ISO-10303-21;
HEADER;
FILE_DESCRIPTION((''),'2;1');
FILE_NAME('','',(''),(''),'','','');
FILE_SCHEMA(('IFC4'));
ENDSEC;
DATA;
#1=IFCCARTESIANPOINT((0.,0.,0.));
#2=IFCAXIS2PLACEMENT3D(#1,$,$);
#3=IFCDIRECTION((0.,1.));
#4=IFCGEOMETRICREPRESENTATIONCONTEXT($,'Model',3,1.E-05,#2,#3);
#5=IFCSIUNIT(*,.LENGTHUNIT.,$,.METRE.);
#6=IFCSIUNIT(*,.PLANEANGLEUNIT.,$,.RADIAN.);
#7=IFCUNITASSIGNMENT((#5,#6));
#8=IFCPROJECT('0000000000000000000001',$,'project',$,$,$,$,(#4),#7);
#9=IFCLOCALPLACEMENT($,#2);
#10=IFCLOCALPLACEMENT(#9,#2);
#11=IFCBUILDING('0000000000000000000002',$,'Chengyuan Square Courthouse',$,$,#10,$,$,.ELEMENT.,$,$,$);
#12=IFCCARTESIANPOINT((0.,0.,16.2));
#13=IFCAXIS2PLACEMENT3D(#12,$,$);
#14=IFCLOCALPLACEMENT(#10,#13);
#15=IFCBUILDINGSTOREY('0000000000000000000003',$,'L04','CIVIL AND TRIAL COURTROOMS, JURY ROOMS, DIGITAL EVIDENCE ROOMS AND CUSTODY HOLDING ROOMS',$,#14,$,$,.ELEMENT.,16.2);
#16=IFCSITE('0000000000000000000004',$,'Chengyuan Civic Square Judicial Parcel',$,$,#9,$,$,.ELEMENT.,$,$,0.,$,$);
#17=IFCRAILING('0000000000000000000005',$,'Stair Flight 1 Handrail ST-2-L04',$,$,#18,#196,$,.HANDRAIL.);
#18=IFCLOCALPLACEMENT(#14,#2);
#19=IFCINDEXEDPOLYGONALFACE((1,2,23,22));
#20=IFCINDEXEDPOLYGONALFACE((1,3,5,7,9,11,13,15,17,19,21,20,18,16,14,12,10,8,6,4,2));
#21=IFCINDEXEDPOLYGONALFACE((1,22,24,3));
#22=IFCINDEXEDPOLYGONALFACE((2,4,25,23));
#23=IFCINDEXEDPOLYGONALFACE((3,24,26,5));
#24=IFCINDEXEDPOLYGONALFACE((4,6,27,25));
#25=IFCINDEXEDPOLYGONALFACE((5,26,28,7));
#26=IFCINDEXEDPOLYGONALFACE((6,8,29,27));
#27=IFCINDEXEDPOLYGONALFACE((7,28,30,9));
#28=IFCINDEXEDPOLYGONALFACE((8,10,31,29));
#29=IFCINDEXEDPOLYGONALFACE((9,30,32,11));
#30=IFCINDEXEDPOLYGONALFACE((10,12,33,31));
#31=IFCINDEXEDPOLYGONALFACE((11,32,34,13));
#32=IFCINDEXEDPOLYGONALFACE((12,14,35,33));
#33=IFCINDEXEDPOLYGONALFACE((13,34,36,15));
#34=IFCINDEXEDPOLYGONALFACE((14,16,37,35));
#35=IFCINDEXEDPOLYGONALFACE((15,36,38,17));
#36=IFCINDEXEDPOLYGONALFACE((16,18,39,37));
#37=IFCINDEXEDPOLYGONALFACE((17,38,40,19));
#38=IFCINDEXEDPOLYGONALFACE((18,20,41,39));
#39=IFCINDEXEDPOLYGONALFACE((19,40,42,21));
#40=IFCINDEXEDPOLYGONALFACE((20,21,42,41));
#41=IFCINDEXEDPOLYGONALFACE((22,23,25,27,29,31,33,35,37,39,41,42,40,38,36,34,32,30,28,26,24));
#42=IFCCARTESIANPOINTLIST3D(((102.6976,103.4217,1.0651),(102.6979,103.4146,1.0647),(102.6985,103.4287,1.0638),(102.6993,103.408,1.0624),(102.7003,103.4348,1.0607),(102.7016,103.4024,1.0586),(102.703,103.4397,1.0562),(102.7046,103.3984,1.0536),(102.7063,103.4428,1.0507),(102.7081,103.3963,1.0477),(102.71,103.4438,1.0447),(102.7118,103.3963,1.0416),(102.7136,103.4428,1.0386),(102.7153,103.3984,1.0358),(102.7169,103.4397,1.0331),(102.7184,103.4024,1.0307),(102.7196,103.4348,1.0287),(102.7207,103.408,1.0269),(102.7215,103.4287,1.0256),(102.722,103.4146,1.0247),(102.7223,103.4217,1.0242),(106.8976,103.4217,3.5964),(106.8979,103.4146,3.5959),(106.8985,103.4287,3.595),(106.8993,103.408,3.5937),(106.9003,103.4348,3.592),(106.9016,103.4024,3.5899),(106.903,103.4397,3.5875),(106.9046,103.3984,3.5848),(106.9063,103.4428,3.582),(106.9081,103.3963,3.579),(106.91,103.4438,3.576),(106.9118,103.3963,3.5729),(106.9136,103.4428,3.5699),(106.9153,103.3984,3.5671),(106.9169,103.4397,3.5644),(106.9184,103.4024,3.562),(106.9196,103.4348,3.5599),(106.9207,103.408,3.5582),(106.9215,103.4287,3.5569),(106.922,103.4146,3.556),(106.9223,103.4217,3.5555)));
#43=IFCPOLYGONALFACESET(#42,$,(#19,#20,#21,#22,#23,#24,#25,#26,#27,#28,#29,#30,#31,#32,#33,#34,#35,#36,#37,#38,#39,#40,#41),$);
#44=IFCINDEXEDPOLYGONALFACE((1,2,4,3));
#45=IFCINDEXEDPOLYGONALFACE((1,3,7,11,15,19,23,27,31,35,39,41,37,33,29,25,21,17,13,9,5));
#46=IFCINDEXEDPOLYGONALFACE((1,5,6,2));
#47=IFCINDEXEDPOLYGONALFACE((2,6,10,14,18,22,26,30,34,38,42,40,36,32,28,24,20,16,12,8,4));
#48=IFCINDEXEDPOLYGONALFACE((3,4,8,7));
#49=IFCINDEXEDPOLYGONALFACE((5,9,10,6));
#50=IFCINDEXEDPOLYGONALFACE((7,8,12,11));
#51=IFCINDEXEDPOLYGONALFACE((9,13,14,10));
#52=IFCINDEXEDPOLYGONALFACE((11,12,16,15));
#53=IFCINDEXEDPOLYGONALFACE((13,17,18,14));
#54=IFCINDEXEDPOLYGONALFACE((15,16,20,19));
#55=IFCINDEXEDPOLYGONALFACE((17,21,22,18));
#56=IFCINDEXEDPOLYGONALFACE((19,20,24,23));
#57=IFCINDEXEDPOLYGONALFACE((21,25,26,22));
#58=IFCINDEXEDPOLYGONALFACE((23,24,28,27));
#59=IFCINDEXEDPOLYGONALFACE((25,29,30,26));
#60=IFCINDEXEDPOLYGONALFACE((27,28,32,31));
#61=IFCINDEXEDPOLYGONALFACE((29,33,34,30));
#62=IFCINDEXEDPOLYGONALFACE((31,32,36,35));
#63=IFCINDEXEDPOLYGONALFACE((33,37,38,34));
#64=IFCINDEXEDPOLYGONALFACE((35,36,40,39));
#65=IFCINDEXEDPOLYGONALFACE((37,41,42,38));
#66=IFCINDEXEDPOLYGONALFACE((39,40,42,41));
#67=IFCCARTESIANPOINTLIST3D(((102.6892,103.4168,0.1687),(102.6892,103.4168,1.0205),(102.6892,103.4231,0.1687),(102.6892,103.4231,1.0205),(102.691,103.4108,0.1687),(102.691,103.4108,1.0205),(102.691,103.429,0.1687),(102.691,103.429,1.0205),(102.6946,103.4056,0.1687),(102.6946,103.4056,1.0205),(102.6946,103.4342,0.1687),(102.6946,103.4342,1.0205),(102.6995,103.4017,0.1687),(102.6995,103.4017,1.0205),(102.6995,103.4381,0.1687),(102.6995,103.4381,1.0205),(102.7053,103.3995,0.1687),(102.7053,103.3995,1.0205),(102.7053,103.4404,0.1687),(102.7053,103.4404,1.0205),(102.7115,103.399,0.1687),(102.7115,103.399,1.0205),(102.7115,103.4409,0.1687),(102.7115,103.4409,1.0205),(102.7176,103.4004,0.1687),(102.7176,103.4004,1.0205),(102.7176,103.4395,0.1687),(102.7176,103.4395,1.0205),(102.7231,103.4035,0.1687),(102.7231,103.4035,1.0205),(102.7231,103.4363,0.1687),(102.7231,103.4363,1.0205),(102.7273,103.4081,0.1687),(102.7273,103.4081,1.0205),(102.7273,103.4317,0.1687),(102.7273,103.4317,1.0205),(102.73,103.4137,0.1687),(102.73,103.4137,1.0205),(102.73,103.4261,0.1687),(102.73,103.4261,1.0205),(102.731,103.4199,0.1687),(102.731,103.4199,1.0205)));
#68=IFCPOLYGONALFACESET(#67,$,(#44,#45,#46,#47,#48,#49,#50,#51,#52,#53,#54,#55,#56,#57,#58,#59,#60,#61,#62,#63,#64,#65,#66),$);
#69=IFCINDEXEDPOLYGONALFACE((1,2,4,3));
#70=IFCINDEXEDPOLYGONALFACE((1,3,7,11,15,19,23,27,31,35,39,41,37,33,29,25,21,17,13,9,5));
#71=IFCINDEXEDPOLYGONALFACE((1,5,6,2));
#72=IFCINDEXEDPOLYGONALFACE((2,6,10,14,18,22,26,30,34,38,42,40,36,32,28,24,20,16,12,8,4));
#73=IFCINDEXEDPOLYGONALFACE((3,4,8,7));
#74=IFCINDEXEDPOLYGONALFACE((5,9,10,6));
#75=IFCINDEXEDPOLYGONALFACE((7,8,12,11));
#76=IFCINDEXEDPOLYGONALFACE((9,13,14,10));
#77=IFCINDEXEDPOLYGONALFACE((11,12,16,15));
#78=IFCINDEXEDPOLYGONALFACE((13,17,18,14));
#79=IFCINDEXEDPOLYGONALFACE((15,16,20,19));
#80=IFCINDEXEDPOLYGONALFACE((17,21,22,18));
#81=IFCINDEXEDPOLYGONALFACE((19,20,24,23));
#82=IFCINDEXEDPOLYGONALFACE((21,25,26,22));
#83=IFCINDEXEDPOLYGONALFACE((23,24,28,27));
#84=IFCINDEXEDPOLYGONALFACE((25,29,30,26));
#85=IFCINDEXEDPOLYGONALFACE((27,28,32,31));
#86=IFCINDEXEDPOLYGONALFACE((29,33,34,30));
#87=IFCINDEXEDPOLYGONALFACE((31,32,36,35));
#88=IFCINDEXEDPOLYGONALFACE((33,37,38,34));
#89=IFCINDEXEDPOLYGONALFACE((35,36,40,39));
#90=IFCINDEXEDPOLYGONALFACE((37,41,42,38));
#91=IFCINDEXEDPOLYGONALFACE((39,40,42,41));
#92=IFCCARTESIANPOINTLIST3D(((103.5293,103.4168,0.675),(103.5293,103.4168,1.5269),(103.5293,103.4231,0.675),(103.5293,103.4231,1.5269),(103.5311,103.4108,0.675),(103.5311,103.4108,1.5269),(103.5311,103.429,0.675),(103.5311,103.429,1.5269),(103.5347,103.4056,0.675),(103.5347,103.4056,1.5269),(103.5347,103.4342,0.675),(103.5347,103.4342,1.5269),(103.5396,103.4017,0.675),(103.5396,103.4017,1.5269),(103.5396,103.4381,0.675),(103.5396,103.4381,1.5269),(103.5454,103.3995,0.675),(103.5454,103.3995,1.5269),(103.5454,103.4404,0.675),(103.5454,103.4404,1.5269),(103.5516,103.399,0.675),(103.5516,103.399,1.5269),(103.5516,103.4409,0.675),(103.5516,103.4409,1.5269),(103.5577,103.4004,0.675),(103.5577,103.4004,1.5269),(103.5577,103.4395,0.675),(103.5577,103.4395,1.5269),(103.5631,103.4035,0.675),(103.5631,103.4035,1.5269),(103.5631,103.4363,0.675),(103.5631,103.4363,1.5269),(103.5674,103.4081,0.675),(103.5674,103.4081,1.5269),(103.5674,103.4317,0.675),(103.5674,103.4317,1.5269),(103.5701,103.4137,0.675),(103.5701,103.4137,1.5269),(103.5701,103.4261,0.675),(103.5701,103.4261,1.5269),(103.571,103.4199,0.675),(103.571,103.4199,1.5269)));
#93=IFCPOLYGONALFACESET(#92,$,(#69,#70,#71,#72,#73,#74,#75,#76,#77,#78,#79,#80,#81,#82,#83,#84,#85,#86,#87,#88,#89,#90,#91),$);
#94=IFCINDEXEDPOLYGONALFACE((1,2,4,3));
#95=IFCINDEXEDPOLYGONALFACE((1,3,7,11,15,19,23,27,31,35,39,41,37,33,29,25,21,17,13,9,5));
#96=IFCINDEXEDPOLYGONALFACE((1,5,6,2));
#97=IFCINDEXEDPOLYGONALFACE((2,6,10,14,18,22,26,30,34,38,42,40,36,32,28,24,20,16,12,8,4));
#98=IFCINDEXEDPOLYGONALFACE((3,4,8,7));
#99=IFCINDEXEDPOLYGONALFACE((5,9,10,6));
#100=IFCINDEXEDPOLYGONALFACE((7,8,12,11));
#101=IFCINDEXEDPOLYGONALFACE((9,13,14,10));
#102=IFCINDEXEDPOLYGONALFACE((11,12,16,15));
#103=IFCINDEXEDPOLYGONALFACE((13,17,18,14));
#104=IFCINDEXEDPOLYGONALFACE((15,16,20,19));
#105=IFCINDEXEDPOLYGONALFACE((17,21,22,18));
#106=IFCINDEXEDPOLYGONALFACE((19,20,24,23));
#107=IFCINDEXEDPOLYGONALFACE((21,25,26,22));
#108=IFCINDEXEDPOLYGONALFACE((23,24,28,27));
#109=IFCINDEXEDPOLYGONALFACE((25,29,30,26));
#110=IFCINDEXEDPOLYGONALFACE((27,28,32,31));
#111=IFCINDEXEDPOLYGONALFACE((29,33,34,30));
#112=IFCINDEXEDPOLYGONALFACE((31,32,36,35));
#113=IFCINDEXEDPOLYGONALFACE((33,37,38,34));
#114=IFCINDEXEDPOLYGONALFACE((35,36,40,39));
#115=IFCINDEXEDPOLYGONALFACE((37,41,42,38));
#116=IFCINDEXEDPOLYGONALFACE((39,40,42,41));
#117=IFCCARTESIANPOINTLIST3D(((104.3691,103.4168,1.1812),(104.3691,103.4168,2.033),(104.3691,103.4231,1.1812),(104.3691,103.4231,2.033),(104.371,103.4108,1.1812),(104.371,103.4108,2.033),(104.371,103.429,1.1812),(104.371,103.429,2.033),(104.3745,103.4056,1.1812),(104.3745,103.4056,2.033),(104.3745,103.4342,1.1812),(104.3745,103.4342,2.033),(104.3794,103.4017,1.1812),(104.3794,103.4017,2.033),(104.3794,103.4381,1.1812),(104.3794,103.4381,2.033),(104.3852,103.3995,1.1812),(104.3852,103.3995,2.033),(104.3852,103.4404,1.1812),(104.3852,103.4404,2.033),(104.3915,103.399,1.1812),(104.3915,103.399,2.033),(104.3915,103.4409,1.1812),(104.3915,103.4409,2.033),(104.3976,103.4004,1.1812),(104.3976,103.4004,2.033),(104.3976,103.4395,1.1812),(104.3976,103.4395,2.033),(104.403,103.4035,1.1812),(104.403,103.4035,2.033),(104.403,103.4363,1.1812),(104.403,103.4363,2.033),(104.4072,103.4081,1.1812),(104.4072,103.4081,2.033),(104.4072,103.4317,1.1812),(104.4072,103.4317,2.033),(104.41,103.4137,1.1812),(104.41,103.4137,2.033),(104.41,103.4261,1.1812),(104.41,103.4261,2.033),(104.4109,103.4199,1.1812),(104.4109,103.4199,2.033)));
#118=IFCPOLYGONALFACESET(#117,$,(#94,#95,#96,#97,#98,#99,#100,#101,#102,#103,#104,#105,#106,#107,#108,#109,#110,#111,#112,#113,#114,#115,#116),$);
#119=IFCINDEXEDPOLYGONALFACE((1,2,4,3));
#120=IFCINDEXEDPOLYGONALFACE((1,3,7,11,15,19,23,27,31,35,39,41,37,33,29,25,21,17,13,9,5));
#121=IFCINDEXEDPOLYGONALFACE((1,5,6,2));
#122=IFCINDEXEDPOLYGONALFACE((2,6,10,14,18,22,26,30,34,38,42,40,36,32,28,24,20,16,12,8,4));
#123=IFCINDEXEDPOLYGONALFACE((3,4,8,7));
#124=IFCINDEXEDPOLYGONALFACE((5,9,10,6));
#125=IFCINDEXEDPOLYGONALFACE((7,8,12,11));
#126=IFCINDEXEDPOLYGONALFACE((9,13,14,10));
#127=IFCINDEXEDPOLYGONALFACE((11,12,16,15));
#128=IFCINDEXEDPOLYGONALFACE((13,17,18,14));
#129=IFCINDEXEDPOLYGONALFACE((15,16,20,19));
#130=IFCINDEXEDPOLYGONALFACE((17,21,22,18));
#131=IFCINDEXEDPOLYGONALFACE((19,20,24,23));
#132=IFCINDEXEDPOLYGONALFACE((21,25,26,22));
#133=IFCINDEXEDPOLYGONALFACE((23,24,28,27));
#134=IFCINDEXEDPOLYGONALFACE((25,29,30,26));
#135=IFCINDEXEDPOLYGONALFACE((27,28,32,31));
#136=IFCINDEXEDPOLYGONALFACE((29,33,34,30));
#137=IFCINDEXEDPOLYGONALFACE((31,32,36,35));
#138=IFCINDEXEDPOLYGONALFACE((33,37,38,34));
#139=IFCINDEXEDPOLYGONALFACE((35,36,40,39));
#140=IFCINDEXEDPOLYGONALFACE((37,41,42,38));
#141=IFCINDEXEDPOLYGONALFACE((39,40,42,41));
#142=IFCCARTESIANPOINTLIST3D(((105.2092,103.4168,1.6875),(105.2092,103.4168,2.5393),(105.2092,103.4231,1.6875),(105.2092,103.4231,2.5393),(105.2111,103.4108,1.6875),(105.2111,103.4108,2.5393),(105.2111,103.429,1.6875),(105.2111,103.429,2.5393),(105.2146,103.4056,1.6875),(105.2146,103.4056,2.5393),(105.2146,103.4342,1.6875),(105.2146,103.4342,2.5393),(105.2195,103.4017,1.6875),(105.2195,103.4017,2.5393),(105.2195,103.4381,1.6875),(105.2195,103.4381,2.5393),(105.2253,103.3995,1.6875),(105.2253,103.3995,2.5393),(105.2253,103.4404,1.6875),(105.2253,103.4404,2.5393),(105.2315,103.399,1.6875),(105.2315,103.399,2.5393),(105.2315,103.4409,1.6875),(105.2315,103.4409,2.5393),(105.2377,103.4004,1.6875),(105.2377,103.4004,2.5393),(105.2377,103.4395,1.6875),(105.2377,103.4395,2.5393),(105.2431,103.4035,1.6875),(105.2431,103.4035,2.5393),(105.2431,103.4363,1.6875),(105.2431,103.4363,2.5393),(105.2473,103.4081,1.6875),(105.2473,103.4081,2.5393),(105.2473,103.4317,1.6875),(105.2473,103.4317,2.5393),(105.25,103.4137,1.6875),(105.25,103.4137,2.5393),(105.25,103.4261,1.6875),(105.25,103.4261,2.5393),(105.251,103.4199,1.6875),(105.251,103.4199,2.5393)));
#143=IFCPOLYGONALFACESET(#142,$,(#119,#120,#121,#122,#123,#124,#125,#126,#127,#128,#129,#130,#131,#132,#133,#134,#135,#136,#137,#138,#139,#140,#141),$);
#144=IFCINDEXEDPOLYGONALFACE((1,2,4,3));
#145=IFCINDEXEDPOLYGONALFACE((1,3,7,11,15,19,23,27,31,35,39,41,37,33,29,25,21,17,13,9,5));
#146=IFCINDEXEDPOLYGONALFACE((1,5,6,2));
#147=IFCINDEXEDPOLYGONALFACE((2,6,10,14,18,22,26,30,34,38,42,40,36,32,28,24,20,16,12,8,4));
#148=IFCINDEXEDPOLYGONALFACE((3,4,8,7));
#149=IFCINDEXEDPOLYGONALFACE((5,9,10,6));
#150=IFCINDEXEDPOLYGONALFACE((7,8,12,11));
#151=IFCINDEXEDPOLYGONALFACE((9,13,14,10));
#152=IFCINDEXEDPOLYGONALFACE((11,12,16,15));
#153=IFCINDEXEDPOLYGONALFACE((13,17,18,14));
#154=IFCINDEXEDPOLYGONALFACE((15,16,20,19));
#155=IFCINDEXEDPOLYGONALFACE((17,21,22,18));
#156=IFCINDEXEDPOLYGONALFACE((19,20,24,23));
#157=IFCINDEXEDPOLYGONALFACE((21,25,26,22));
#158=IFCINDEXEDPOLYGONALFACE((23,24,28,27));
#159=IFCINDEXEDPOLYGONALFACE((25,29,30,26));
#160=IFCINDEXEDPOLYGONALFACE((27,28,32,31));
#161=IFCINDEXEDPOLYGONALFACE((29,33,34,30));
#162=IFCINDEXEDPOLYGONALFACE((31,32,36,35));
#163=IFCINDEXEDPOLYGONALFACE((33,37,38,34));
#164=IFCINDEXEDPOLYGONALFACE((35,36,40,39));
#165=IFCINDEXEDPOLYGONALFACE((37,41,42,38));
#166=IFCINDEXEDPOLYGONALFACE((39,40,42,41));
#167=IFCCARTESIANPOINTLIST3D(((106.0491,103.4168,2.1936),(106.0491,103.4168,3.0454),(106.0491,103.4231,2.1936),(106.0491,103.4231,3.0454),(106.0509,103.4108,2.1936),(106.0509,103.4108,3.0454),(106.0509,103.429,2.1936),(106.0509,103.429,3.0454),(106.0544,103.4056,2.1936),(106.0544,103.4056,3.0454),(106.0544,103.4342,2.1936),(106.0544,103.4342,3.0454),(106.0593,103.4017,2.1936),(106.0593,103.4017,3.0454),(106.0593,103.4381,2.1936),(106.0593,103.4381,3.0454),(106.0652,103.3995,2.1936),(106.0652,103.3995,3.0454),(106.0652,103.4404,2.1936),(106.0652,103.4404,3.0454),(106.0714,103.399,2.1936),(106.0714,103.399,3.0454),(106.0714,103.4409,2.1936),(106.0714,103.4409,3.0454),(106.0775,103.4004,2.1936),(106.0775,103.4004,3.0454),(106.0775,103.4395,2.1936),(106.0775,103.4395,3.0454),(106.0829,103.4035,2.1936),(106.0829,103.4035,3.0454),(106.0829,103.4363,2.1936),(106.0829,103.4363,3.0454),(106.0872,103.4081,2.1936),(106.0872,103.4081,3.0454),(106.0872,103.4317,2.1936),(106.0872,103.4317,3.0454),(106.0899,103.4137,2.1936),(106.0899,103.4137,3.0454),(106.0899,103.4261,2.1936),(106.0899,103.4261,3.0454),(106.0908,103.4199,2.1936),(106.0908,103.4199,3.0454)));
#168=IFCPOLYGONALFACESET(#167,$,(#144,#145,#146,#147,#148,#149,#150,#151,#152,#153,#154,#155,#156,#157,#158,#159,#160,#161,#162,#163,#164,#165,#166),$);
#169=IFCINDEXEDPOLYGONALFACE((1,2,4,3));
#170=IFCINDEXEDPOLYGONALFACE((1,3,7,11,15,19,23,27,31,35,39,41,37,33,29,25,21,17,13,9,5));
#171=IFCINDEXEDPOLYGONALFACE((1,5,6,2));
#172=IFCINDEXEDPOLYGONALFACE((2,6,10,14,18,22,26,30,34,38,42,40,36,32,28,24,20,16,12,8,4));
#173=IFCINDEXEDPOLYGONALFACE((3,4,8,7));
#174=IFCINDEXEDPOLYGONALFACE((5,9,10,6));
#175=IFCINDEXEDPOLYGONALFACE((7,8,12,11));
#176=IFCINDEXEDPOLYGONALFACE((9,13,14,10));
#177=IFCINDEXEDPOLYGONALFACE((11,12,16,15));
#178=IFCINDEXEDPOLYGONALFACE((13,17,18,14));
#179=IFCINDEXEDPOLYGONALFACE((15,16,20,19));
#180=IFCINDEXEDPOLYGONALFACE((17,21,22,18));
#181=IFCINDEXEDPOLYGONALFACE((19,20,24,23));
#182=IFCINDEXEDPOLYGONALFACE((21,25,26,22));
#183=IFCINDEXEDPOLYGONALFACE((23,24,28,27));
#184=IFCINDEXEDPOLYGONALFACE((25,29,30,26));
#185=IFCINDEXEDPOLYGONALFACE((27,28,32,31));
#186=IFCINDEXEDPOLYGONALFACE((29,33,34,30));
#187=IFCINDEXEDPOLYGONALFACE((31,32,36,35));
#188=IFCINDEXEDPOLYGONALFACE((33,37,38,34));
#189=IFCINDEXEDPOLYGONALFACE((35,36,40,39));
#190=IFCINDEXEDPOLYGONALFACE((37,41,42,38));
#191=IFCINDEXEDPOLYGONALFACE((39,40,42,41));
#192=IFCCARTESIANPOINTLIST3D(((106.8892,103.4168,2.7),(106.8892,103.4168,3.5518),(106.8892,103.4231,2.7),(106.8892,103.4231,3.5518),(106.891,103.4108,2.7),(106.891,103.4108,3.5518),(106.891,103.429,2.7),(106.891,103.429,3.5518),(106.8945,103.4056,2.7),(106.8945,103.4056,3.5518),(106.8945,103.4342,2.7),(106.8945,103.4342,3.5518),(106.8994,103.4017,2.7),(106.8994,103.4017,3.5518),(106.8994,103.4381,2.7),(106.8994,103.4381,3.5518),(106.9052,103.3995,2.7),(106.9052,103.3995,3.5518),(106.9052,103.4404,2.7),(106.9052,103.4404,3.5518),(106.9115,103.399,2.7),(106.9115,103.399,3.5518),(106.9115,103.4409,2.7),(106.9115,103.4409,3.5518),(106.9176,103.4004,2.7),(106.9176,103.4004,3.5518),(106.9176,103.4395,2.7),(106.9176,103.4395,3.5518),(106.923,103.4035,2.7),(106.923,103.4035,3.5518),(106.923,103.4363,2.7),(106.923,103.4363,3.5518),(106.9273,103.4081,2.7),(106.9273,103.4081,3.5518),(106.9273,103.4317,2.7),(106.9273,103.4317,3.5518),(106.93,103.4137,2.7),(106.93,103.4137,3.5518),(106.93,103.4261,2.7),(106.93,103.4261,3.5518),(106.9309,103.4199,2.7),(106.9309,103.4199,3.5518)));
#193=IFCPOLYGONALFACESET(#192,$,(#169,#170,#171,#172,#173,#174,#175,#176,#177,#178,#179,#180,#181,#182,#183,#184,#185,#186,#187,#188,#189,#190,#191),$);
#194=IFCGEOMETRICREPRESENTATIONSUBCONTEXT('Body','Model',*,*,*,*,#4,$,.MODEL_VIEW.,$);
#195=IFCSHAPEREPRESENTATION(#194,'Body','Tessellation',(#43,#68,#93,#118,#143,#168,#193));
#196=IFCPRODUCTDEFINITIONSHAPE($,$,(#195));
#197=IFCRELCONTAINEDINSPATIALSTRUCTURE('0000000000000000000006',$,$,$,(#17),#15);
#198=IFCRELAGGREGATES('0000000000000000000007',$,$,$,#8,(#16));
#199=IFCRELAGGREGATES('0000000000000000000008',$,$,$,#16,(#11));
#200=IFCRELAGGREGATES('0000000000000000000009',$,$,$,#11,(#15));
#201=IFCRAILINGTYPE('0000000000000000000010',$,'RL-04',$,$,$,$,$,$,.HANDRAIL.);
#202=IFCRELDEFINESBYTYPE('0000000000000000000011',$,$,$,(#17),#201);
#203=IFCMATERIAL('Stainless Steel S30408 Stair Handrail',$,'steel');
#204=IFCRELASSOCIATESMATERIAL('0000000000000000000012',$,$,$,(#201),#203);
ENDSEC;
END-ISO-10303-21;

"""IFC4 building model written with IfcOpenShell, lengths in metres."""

from ifc_helpers import new_model, si_unit, direction, frame, origin, origin_2d, place, context, subcontext, project, spatial, circle, extrude, material, type_object, element, save


model = new_model("IFC4")

# Units and contexts
model_context = context("Model", 3, precision=1e-05, world=origin(), true_north=direction((0.0, 1.0)))
body_context = subcontext(model_context, "Body", "Model", "MODEL_VIEW")
ifc_project = project(units=[si_unit("LENGTHUNIT", "METRE"), si_unit("PLANEANGLEUNIT", "RADIAN")], contexts=[model_context])

# Site, building, storey
site_placement = place(None, origin())
site = spatial("IfcSite", under=ifc_project, at=site_placement, Name="Chengyuan Civic Square Judicial Parcel", CompositionType="ELEMENT", RefElevation=0.0)
building_placement = place(site_placement, origin())
building = spatial("IfcBuilding", under=site, at=building_placement, Name="Chengyuan Square Courthouse", CompositionType="ELEMENT")
storey_placement = place(building_placement, frame((0.0, 0.0, 16.2)))
storey = spatial("IfcBuildingStorey", under=building, at=storey_placement, Name="L04", Description="CIVIL AND TRIAL COURTROOMS, JURY ROOMS, DIGITAL EVIDENCE ROOMS AND CUSTODY HOLDING ROOMS", CompositionType="ELEMENT", Elevation=16.2)

# Railing
ifc_material_1 = material(Name="Stainless Steel S30408 Stair Handrail", Category="steel")
railing_type_1 = type_object("IfcRailingType", Name="RL-04", PredefinedType="HANDRAIL", material=ifc_material_1)
railing_1_placement = place(storey_placement, frame((102.71, 103.4199, 0.1687)))
element("IfcRailing", 1, at=railing_1_placement, inside=storey, type_object=railing_type_1, Name="Stair Flight 1 Handrail ST-2-L04", PredefinedType="HANDRAIL", context=body_context, shape_type="SweptSolid", body=[
    extrude(circle(Radius=0.0239, at=origin_2d()), frame((0.0, 0.0, 0.876), z_axis=(0.856476, 0.0, 0.516186), x_axis=(0.0, 1.0, 0.0)), (0.0, 0.0, 1.0), 4.9038),
    extrude(circle(Radius=0.021, at=origin_2d()), origin(), (0.0, 0.0, 1.0), 0.8518),
    extrude(circle(Radius=0.021, at=origin_2d()), frame((0.8401, 0.0, 0.5063)), (0.0, 0.0, 1.0), 0.8518),
    extrude(circle(Radius=0.021, at=origin_2d()), frame((1.6799, 0.0, 1.0125)), (0.0, 0.0, 1.0), 0.8518),
    extrude(circle(Radius=0.021, at=origin_2d()), frame((2.52, 0.0, 1.5188)), (0.0, 0.0, 1.0), 0.8518),
    extrude(circle(Radius=0.021, at=origin_2d()), frame((3.3599, 0.0, 2.0249)), (0.0, 0.0, 1.0), 0.8518),
    extrude(circle(Radius=0.021, at=origin_2d()), frame((4.2, 0.0, 2.5312)), (0.0, 0.0, 1.0), 0.8518),
])

save(model, "model.ifc")
